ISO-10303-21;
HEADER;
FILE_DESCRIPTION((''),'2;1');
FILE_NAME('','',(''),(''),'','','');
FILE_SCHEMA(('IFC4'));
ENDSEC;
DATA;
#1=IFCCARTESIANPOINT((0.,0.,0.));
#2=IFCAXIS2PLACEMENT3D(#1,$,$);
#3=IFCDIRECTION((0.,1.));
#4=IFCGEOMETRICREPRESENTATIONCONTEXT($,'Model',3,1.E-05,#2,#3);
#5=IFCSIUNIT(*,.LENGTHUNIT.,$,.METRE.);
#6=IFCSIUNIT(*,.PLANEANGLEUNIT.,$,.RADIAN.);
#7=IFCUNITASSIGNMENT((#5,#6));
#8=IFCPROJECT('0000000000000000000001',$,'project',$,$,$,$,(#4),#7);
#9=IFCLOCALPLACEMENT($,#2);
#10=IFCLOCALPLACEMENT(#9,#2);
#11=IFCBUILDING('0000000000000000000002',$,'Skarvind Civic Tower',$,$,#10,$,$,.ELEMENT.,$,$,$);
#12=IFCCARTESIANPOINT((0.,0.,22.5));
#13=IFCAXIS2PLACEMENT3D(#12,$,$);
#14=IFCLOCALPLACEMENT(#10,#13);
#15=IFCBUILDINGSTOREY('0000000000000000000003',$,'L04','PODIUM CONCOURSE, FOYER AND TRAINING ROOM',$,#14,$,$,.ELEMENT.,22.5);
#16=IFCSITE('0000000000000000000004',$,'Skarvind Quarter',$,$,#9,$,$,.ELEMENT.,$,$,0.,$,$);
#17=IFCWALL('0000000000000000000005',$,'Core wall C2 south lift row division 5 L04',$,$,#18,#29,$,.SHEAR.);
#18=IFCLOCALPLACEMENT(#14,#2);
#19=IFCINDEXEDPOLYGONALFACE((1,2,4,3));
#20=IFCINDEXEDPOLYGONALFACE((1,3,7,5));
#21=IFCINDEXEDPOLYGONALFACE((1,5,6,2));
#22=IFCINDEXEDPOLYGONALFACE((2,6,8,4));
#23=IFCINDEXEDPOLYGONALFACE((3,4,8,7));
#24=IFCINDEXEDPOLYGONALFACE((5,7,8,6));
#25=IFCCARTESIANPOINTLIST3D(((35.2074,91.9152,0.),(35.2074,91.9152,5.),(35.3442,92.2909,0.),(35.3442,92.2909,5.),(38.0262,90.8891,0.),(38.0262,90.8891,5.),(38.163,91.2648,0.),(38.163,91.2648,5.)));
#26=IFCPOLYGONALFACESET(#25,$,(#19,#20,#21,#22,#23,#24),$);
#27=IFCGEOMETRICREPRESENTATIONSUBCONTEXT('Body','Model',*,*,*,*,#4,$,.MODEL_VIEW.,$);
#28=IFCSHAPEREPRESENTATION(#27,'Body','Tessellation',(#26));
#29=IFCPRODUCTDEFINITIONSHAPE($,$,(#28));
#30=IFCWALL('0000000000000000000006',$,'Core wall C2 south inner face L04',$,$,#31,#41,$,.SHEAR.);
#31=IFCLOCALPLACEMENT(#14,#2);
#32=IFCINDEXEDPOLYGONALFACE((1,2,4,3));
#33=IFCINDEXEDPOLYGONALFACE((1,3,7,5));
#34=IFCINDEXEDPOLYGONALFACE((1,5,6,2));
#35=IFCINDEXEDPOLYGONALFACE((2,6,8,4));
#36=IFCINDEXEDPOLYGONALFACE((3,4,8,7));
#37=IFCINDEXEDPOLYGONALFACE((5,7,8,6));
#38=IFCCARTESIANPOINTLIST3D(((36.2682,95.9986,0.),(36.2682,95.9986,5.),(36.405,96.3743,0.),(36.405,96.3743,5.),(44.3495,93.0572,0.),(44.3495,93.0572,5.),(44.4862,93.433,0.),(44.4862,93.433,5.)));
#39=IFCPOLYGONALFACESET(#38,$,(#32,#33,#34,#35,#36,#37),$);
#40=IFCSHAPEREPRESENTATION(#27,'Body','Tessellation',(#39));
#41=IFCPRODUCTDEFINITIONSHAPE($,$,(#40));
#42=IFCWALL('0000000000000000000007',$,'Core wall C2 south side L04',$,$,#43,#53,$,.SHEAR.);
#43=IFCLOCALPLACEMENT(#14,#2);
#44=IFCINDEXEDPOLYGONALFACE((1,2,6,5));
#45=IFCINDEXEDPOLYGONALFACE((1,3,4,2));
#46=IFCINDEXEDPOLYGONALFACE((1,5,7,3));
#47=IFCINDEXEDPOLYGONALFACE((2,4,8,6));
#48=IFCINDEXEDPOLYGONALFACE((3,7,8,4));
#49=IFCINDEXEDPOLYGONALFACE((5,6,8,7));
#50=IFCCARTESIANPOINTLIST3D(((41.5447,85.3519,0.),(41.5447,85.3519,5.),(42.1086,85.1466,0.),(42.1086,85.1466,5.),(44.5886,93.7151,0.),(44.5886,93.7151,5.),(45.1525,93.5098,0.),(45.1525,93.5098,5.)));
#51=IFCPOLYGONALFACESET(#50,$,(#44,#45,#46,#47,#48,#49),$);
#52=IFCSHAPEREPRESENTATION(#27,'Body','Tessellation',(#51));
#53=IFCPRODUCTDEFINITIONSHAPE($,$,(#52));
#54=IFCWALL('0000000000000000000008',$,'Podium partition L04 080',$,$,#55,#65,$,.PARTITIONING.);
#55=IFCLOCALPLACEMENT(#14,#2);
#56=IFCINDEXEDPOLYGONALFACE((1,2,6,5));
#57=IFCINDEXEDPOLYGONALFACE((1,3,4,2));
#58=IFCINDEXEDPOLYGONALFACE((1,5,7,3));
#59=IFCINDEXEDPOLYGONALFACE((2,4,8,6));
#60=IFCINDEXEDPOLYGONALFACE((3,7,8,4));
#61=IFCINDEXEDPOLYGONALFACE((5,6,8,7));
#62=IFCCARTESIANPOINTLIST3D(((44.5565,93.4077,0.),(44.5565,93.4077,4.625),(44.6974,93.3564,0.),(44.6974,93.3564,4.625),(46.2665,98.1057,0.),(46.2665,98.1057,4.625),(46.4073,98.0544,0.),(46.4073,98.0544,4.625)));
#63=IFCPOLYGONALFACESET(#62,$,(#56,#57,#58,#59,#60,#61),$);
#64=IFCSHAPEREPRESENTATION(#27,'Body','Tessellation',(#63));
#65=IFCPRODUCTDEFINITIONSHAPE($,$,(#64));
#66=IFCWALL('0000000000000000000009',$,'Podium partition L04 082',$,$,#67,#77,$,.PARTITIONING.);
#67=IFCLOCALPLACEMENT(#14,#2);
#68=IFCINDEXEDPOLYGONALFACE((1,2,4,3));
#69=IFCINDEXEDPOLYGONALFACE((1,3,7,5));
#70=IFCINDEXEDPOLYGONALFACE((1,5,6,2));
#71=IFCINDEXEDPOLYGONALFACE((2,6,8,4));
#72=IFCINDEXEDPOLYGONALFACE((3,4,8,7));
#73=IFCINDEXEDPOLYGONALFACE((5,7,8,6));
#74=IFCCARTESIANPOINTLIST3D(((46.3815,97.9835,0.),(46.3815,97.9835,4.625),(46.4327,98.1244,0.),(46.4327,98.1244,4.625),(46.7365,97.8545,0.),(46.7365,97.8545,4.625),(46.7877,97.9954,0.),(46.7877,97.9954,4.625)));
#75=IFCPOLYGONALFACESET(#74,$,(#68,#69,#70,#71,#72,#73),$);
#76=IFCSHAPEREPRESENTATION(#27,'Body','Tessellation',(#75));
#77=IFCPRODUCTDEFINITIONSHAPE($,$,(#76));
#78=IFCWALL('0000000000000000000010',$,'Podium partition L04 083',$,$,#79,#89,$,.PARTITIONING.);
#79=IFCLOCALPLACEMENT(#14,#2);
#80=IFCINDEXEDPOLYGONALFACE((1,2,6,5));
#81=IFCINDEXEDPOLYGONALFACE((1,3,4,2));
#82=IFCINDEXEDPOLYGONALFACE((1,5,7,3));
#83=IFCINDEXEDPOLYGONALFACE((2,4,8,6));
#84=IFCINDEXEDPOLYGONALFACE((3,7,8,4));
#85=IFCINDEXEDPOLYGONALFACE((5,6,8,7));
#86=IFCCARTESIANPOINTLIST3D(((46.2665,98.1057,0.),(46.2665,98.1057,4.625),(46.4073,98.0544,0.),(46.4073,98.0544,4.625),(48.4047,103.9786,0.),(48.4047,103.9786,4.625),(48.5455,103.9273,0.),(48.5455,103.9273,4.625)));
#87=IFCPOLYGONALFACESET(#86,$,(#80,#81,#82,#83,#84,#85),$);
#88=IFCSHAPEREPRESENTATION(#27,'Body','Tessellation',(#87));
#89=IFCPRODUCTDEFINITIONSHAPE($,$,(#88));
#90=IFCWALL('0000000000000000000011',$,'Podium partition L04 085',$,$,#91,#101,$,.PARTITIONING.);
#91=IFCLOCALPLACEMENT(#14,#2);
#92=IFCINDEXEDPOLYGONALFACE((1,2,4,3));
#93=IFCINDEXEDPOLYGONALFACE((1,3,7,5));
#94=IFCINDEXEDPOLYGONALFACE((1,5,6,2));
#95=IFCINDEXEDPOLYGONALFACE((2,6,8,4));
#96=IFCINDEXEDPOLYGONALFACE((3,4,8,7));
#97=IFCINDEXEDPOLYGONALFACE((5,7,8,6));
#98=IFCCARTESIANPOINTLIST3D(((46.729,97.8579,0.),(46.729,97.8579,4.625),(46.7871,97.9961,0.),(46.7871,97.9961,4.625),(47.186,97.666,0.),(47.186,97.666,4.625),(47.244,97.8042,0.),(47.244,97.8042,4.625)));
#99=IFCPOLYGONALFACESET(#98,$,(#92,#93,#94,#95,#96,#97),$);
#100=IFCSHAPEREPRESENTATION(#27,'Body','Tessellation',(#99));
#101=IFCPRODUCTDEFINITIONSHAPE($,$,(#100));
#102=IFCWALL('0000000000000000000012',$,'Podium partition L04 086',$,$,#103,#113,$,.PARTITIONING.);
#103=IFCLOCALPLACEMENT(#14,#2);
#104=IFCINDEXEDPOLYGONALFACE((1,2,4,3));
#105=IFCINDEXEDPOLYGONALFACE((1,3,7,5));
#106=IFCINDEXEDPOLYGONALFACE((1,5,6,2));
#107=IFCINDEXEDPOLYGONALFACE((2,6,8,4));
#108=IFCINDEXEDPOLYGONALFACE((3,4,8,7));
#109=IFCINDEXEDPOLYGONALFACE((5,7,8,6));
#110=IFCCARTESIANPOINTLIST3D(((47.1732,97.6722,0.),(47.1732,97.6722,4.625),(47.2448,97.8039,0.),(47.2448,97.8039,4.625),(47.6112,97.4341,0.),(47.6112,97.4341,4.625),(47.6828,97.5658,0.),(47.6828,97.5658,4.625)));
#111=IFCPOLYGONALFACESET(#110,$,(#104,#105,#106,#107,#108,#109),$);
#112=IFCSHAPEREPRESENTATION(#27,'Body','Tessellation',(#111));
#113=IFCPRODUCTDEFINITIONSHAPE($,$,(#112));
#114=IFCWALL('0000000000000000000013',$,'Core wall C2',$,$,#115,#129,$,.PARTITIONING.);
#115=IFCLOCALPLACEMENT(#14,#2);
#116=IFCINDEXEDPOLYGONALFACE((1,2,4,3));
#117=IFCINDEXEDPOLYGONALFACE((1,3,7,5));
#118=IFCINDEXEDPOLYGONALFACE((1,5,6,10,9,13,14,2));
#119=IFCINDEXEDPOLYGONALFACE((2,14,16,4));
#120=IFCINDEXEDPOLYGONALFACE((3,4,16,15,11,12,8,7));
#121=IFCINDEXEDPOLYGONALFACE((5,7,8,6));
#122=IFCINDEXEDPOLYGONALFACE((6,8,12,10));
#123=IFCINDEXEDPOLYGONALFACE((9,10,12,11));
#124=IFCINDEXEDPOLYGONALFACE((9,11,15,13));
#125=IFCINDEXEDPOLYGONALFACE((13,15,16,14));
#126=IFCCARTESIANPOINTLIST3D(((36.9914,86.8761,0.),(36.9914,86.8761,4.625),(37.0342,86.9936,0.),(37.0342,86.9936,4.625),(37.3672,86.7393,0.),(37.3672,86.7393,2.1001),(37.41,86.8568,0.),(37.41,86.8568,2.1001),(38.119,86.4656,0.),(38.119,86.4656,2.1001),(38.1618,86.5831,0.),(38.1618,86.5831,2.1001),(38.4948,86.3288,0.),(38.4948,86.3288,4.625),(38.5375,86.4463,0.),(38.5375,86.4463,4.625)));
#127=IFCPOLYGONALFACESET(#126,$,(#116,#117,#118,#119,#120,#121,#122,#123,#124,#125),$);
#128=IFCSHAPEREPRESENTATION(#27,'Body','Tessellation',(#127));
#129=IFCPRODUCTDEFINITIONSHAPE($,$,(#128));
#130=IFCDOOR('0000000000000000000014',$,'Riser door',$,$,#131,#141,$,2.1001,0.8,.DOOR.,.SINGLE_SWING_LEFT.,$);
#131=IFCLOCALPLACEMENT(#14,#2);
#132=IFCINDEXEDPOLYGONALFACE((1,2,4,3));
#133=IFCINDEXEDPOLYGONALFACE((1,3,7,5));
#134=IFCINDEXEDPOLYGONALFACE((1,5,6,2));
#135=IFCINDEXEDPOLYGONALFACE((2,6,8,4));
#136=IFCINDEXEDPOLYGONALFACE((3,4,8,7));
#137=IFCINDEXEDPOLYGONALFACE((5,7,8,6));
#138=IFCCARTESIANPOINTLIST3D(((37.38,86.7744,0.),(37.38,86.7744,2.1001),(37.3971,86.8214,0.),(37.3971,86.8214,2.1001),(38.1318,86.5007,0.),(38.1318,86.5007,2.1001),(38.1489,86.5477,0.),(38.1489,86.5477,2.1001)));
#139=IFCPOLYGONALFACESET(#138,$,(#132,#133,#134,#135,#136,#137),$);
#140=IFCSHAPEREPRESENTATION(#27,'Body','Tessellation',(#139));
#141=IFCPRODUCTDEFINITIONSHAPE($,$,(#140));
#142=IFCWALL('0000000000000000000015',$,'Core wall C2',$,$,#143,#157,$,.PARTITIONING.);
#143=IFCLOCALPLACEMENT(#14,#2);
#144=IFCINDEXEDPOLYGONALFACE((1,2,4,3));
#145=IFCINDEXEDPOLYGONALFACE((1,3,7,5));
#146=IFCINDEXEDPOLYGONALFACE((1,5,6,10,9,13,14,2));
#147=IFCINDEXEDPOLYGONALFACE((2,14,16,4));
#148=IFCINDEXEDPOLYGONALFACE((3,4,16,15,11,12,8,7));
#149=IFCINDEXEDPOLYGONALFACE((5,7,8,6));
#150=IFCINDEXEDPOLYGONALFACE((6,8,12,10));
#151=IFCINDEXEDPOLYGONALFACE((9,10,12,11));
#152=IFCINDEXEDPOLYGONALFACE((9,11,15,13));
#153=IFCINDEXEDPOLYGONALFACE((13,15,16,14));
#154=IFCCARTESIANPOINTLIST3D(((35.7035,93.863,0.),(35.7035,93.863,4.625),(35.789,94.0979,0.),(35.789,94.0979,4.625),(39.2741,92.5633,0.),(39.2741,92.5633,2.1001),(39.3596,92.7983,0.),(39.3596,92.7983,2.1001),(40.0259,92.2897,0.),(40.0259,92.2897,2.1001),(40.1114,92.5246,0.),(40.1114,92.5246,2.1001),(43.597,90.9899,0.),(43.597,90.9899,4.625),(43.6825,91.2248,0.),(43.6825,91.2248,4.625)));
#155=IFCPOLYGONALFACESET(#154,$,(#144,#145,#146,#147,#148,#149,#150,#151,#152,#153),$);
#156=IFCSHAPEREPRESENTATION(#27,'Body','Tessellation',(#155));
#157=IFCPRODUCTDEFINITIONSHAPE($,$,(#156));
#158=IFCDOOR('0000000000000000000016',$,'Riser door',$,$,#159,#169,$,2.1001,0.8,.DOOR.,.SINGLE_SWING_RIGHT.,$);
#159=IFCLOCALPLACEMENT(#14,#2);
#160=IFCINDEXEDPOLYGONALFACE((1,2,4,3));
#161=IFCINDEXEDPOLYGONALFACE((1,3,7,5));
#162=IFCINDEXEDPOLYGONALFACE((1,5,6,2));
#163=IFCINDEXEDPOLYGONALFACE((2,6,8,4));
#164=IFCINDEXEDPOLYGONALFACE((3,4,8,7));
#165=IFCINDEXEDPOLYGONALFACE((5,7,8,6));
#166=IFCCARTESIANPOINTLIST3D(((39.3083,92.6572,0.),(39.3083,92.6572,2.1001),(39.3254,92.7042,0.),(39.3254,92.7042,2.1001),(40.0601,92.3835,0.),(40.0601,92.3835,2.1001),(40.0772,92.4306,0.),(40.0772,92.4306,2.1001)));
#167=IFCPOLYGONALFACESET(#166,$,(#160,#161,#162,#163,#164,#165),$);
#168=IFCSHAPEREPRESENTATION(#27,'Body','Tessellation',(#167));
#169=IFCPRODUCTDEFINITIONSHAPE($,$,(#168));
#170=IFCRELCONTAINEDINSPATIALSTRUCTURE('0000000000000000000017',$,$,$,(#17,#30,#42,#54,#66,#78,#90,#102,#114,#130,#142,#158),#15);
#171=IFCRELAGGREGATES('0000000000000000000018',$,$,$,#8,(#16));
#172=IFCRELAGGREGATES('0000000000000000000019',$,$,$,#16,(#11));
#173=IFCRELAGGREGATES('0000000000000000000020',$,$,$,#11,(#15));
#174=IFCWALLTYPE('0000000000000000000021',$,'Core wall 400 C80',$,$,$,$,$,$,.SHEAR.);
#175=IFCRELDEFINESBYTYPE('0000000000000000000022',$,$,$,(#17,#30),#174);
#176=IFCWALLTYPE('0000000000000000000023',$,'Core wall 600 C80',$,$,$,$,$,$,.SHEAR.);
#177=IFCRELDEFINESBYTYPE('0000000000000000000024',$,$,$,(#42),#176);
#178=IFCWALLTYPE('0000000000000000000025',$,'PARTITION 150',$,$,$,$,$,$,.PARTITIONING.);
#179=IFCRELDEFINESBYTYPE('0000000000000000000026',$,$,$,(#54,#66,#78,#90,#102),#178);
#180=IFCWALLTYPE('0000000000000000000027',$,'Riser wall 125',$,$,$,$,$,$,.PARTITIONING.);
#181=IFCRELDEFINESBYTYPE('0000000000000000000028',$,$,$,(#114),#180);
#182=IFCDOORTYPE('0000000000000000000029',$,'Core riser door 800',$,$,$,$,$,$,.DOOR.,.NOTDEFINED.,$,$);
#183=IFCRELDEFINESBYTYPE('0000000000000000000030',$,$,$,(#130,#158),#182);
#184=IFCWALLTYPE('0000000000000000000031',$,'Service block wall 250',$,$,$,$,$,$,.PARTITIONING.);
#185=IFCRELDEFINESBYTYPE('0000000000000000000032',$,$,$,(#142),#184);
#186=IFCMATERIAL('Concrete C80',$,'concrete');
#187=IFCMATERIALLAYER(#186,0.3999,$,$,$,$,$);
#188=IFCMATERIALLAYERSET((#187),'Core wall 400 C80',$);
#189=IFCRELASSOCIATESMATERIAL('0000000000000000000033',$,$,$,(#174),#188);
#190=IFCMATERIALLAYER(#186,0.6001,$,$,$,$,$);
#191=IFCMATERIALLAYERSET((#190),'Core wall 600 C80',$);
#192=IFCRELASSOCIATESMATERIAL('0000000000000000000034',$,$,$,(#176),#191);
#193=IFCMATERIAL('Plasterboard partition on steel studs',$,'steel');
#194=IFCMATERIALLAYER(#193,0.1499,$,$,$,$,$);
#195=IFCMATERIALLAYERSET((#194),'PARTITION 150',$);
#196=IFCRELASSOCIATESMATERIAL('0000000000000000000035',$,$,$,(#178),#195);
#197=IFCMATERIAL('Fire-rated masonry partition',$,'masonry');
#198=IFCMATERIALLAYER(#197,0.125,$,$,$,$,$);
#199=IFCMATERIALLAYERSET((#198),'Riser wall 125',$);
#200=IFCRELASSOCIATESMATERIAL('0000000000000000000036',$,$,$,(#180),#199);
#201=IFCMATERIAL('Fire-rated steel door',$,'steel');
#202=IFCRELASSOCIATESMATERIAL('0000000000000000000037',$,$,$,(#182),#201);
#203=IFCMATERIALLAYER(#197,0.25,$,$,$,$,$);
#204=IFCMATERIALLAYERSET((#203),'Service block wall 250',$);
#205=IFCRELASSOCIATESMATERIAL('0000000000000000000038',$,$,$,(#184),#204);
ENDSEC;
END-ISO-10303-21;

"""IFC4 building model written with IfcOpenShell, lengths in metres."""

from ifc_helpers import new_model, si_unit, direction, frame, frame_2d, origin, place, context, subcontext, project, spatial, rectangle, extrude, material, layer, layer_set, type_object, element, fill, save


model = new_model("IFC4")

# Units and contexts
model_context = context("Model", 3, precision=1e-05, world=origin(), true_north=direction((0.0, 1.0)))
body_context = subcontext(model_context, "Body", "Model", "MODEL_VIEW")
ifc_project = project(units=[si_unit("LENGTHUNIT", "METRE"), si_unit("PLANEANGLEUNIT", "RADIAN")], contexts=[model_context])

# Site, building, storey
site_placement = place(None, origin())
site = spatial("IfcSite", under=ifc_project, at=site_placement, Name="Skarvind Quarter", CompositionType="ELEMENT", RefElevation=0.0)
building_placement = place(site_placement, origin())
building = spatial("IfcBuilding", under=site, at=building_placement, Name="Skarvind Civic Tower", CompositionType="ELEMENT")
storey_placement = place(building_placement, frame((0.0, 0.0, 22.5)))
storey = spatial("IfcBuildingStorey", under=building, at=storey_placement, Name="L04", Description="PODIUM CONCOURSE, FOYER AND TRAINING ROOM", CompositionType="ELEMENT", Elevation=22.5)

# Shared definitions
ifc_material_1 = material(Name="Concrete C80", Category="concrete")

# Shared definitions
ifc_material_2 = material(Name="Fire-rated masonry partition", Category="masonry")
ifc_material_3 = material(Name="Fire-rated steel door", Category="steel")
ifc_layer_1 = layer(ifc_material_1, 0.3999)
ifc_layer_set_1 = layer_set([ifc_layer_1], Name="Core wall 400 C80")
wall_type_1 = type_object("IfcWallType", Name="Core wall 400 C80", PredefinedType="SHEAR", material=ifc_layer_set_1)

# Walls
wall_1_placement = place(storey_placement, frame((38.0947, 91.0769, 0.0), z_axis=(0.0, 0.0, 1.0), x_axis=(-0.939677, 0.342063, 0.0)))
element("IfcWall", 1, at=wall_1_placement, inside=storey, type_object=wall_type_1, Name="Core wall C2 south lift row division 5 L04", PredefinedType="SHEAR", context=body_context, shape_type="SweptSolid", body=[
    extrude(rectangle(XDim=2.9998, YDim=0.3999, at=frame_2d((1.5, 0.0))), origin(), (0.0, 0.0, 1.0), 5.0),
])
wall_2_placement = place(storey_placement, frame((44.4177, 93.2451, 0.0), z_axis=(0.0, 0.0, 1.0), x_axis=(-0.939691, 0.342026, 0.0)))
element("IfcWall", 2, at=wall_2_placement, inside=storey, type_object=wall_type_1, Name="Core wall C2 south inner face L04", PredefinedType="SHEAR", context=body_context, shape_type="SweptSolid", body=[
    extrude(rectangle(XDim=8.5999, YDim=0.3999, at=frame_2d((4.2998, 0.0))), origin(), (0.0, 0.0, 1.0), 5.0),
])
ifc_layer_2 = layer(ifc_material_1, 0.6001)
ifc_layer_set_2 = layer_set([ifc_layer_2], Name="Core wall 600 C80")
wall_type_2 = type_object("IfcWallType", Name="Core wall 600 C80", PredefinedType="SHEAR", material=ifc_layer_set_2)
wall_3_placement = place(storey_placement, frame((41.8267, 85.2493, 0.0), z_axis=(0.0, 0.0, 1.0), x_axis=(0.342016, 0.939694, 0.0)))
element("IfcWall", 3, at=wall_3_placement, inside=storey, type_object=wall_type_2, Name="Core wall C2 south side L04", PredefinedType="SHEAR", context=body_context, shape_type="SweptSolid", body=[
    extrude(rectangle(XDim=8.8999, YDim=0.6001, at=frame_2d((4.45, 0.0))), origin(), (0.0, 0.0, 1.0), 5.0),
])
ifc_material_4 = material(Name="Plasterboard partition on steel studs", Category="steel")
ifc_layer_3 = layer(ifc_material_4, 0.1499)
ifc_layer_set_3 = layer_set([ifc_layer_3], Name="PARTITION 150")
wall_type_3 = type_object("IfcWallType", Name="PARTITION 150", PredefinedType="PARTITIONING", material=ifc_layer_set_3)
wall_4_placement = place(storey_placement, frame((44.627, 93.3821, 0.0), z_axis=(0.0, 0.0, 1.0), x_axis=(0.342025, 0.939691, 0.0)))
element("IfcWall", 4, at=wall_4_placement, inside=storey, type_object=wall_type_3, Name="Podium partition L04 080", PredefinedType="PARTITIONING", context=body_context, shape_type="SweptSolid", body=[
    extrude(rectangle(XDim=4.9995, YDim=0.1499, at=frame_2d((2.4998, 0.0))), origin(), (0.0, 0.0, 1.0), 4.625),
])
wall_5_placement = place(storey_placement, frame((46.407, 98.054, 0.0), z_axis=(0.0, 0.0, 1.0), x_axis=(0.939944, -0.341328, 0.0)))
element("IfcWall", 5, at=wall_5_placement, inside=storey, type_object=wall_type_3, Name="Podium partition L04 082", PredefinedType="PARTITIONING", context=body_context, shape_type="SweptSolid", body=[
    extrude(rectangle(XDim=0.3777, YDim=0.1499, at=frame_2d((0.189, 0.0))), origin(), (0.0, 0.0, 1.0), 4.625),
])
wall_6_placement = place(storey_placement, frame((46.3369, 98.0801, 0.0), z_axis=(0.0, 0.0, 1.0), x_axis=(0.342113, 0.939659, 0.0)))
element("IfcWall", 6, at=wall_6_placement, inside=storey, type_object=wall_type_3, Name="Podium partition L04 083", PredefinedType="PARTITIONING", context=body_context, shape_type="SweptSolid", body=[
    extrude(rectangle(XDim=6.25, YDim=0.1499, at=frame_2d((3.125, 0.0))), origin(), (0.0, 0.0, 1.0), 4.625),
])
wall_7_placement = place(storey_placement, frame((46.7581, 97.927, 0.0), z_axis=(0.0, 0.0, 1.0), x_axis=(0.922024, -0.387132, 0.0)))
element("IfcWall", 7, at=wall_7_placement, inside=storey, type_object=wall_type_3, Name="Podium partition L04 085", PredefinedType="PARTITIONING", context=body_context, shape_type="SweptSolid", body=[
    extrude(rectangle(XDim=0.4956, YDim=0.1499, at=frame_2d((0.2478, 0.0))), origin(), (0.0, 0.0, 1.0), 4.625),
])
wall_8_placement = place(storey_placement, frame((47.209, 97.738, 0.0), z_axis=(0.0, 0.0, 1.0), x_axis=(0.878625, -0.477513, 0.0)))
element("IfcWall", 8, at=wall_8_placement, inside=storey, type_object=wall_type_3, Name="Podium partition L04 086", PredefinedType="PARTITIONING", context=body_context, shape_type="SweptSolid", body=[
    extrude(rectangle(XDim=0.4985, YDim=0.1499, at=frame_2d((0.2493, 0.0))), origin(), (0.0, 0.0, 1.0), 4.625),
])

# Walls, openings, doors
ifc_layer_4 = layer(ifc_material_2, 0.125)
ifc_layer_set_4 = layer_set([ifc_layer_4], Name="Riser wall 125")
wall_type_4 = type_object("IfcWallType", Name="Riser wall 125", PredefinedType="PARTITIONING", material=ifc_layer_set_4)
wall_9_placement = place(storey_placement, frame((37.0129, 86.9348, 0.0), z_axis=(0.0, 0.0, 1.0), x_axis=(0.93966, -0.342111, 0.0)))
wall_9 = element("IfcWall", 9, at=wall_9_placement, inside=storey, type_object=wall_type_4, Name="Core wall C2", PredefinedType="PARTITIONING", context=body_context, shape_type="SweptSolid", body=[
    extrude(rectangle(XDim=1.5999, YDim=0.125, at=frame_2d((0.7998, 0.0))), origin(), (0.0, 0.0, 1.0), 4.625),
])
opening_1_placement = place(wall_9_placement, frame((0.3999, 0.0, 0.0)))
opening_1 = element("IfcOpeningElement", 10, at=opening_1_placement, cuts=wall_9, PredefinedType="OPENING", context=body_context, shape_type="SweptSolid", body=[
    extrude(rectangle(XDim=0.8, YDim=2.1001, at=frame_2d((0.3999, 1.05))), frame((0.0, 0.0725, 0.0), z_axis=(0.0, -1.0, 0.0), x_axis=(1.0, 0.0, 0.0)), (0.0, 0.0, 1.0), 0.145),
])
door_type_1 = type_object("IfcDoorType", Name="Core riser door 800", OperationType="NOTDEFINED", PredefinedType="DOOR", material=ifc_material_3)
door_1_placement = place(opening_1_placement, origin())
door_1 = element("IfcDoor", 11, at=door_1_placement, inside=storey, type_object=door_type_1, Name="Riser door", OperationType="SINGLE_SWING_LEFT", OverallHeight=2.1001, OverallWidth=0.8, PredefinedType="DOOR", context=body_context, shape_type="SweptSolid", body=[
    extrude(rectangle(XDim=0.8, YDim=2.1001, at=frame_2d((0.3999, 1.05))), frame((0.0, 0.0249, 0.0), z_axis=(0.0, -1.0, 0.0), x_axis=(1.0, 0.0, 0.0)), (0.0, 0.0, 1.0), 0.05),
])
fill(opening_1, door_1)
ifc_layer_5 = layer(ifc_material_2, 0.25)
ifc_layer_set_5 = layer_set([ifc_layer_5], Name="Service block wall 250")
wall_type_5 = type_object("IfcWallType", Name="Service block wall 250", PredefinedType="PARTITIONING", material=ifc_layer_set_5)
wall_10_placement = place(storey_placement, frame((35.7461, 93.9805, 0.0), z_axis=(0.0, 0.0, 1.0), x_axis=(0.939692, -0.342023, 0.0)))
wall_10 = element("IfcWall", 12, at=wall_10_placement, inside=storey, type_object=wall_type_5, Name="Core wall C2", PredefinedType="PARTITIONING", context=body_context, shape_type="SweptSolid", body=[
    extrude(rectangle(XDim=8.4001, YDim=0.25, at=frame_2d((4.2002, 0.0))), origin(), (0.0, 0.0, 1.0), 4.625),
])
opening_2_placement = place(wall_10_placement, frame((3.8, 0.0, 0.0)))
opening_2 = element("IfcOpeningElement", 13, at=opening_2_placement, cuts=wall_10, PredefinedType="OPENING", context=body_context, shape_type="SweptSolid", body=[
    extrude(rectangle(XDim=0.8, YDim=2.1001, at=frame_2d((0.3999, 1.05))), frame((0.0, 0.135, 0.0), z_axis=(0.0, -1.0, 0.0), x_axis=(1.0, 0.0, 0.0)), (0.0, 0.0, 1.0), 0.27),
])
door_2_placement = place(opening_2_placement, origin())
door_2 = element("IfcDoor", 14, at=door_2_placement, inside=storey, type_object=door_type_1, Name="Riser door", OperationType="SINGLE_SWING_RIGHT", OverallHeight=2.1001, OverallWidth=0.8, PredefinedType="DOOR", context=body_context, shape_type="SweptSolid", body=[
    extrude(rectangle(XDim=0.8, YDim=2.1001, at=frame_2d((0.3999, 1.05))), frame((0.0, 0.0249, 0.0), z_axis=(0.0, -1.0, 0.0), x_axis=(1.0, 0.0, 0.0)), (0.0, 0.0, 1.0), 0.05),
])
fill(opening_2, door_2)

save(model, "model.ifc")
